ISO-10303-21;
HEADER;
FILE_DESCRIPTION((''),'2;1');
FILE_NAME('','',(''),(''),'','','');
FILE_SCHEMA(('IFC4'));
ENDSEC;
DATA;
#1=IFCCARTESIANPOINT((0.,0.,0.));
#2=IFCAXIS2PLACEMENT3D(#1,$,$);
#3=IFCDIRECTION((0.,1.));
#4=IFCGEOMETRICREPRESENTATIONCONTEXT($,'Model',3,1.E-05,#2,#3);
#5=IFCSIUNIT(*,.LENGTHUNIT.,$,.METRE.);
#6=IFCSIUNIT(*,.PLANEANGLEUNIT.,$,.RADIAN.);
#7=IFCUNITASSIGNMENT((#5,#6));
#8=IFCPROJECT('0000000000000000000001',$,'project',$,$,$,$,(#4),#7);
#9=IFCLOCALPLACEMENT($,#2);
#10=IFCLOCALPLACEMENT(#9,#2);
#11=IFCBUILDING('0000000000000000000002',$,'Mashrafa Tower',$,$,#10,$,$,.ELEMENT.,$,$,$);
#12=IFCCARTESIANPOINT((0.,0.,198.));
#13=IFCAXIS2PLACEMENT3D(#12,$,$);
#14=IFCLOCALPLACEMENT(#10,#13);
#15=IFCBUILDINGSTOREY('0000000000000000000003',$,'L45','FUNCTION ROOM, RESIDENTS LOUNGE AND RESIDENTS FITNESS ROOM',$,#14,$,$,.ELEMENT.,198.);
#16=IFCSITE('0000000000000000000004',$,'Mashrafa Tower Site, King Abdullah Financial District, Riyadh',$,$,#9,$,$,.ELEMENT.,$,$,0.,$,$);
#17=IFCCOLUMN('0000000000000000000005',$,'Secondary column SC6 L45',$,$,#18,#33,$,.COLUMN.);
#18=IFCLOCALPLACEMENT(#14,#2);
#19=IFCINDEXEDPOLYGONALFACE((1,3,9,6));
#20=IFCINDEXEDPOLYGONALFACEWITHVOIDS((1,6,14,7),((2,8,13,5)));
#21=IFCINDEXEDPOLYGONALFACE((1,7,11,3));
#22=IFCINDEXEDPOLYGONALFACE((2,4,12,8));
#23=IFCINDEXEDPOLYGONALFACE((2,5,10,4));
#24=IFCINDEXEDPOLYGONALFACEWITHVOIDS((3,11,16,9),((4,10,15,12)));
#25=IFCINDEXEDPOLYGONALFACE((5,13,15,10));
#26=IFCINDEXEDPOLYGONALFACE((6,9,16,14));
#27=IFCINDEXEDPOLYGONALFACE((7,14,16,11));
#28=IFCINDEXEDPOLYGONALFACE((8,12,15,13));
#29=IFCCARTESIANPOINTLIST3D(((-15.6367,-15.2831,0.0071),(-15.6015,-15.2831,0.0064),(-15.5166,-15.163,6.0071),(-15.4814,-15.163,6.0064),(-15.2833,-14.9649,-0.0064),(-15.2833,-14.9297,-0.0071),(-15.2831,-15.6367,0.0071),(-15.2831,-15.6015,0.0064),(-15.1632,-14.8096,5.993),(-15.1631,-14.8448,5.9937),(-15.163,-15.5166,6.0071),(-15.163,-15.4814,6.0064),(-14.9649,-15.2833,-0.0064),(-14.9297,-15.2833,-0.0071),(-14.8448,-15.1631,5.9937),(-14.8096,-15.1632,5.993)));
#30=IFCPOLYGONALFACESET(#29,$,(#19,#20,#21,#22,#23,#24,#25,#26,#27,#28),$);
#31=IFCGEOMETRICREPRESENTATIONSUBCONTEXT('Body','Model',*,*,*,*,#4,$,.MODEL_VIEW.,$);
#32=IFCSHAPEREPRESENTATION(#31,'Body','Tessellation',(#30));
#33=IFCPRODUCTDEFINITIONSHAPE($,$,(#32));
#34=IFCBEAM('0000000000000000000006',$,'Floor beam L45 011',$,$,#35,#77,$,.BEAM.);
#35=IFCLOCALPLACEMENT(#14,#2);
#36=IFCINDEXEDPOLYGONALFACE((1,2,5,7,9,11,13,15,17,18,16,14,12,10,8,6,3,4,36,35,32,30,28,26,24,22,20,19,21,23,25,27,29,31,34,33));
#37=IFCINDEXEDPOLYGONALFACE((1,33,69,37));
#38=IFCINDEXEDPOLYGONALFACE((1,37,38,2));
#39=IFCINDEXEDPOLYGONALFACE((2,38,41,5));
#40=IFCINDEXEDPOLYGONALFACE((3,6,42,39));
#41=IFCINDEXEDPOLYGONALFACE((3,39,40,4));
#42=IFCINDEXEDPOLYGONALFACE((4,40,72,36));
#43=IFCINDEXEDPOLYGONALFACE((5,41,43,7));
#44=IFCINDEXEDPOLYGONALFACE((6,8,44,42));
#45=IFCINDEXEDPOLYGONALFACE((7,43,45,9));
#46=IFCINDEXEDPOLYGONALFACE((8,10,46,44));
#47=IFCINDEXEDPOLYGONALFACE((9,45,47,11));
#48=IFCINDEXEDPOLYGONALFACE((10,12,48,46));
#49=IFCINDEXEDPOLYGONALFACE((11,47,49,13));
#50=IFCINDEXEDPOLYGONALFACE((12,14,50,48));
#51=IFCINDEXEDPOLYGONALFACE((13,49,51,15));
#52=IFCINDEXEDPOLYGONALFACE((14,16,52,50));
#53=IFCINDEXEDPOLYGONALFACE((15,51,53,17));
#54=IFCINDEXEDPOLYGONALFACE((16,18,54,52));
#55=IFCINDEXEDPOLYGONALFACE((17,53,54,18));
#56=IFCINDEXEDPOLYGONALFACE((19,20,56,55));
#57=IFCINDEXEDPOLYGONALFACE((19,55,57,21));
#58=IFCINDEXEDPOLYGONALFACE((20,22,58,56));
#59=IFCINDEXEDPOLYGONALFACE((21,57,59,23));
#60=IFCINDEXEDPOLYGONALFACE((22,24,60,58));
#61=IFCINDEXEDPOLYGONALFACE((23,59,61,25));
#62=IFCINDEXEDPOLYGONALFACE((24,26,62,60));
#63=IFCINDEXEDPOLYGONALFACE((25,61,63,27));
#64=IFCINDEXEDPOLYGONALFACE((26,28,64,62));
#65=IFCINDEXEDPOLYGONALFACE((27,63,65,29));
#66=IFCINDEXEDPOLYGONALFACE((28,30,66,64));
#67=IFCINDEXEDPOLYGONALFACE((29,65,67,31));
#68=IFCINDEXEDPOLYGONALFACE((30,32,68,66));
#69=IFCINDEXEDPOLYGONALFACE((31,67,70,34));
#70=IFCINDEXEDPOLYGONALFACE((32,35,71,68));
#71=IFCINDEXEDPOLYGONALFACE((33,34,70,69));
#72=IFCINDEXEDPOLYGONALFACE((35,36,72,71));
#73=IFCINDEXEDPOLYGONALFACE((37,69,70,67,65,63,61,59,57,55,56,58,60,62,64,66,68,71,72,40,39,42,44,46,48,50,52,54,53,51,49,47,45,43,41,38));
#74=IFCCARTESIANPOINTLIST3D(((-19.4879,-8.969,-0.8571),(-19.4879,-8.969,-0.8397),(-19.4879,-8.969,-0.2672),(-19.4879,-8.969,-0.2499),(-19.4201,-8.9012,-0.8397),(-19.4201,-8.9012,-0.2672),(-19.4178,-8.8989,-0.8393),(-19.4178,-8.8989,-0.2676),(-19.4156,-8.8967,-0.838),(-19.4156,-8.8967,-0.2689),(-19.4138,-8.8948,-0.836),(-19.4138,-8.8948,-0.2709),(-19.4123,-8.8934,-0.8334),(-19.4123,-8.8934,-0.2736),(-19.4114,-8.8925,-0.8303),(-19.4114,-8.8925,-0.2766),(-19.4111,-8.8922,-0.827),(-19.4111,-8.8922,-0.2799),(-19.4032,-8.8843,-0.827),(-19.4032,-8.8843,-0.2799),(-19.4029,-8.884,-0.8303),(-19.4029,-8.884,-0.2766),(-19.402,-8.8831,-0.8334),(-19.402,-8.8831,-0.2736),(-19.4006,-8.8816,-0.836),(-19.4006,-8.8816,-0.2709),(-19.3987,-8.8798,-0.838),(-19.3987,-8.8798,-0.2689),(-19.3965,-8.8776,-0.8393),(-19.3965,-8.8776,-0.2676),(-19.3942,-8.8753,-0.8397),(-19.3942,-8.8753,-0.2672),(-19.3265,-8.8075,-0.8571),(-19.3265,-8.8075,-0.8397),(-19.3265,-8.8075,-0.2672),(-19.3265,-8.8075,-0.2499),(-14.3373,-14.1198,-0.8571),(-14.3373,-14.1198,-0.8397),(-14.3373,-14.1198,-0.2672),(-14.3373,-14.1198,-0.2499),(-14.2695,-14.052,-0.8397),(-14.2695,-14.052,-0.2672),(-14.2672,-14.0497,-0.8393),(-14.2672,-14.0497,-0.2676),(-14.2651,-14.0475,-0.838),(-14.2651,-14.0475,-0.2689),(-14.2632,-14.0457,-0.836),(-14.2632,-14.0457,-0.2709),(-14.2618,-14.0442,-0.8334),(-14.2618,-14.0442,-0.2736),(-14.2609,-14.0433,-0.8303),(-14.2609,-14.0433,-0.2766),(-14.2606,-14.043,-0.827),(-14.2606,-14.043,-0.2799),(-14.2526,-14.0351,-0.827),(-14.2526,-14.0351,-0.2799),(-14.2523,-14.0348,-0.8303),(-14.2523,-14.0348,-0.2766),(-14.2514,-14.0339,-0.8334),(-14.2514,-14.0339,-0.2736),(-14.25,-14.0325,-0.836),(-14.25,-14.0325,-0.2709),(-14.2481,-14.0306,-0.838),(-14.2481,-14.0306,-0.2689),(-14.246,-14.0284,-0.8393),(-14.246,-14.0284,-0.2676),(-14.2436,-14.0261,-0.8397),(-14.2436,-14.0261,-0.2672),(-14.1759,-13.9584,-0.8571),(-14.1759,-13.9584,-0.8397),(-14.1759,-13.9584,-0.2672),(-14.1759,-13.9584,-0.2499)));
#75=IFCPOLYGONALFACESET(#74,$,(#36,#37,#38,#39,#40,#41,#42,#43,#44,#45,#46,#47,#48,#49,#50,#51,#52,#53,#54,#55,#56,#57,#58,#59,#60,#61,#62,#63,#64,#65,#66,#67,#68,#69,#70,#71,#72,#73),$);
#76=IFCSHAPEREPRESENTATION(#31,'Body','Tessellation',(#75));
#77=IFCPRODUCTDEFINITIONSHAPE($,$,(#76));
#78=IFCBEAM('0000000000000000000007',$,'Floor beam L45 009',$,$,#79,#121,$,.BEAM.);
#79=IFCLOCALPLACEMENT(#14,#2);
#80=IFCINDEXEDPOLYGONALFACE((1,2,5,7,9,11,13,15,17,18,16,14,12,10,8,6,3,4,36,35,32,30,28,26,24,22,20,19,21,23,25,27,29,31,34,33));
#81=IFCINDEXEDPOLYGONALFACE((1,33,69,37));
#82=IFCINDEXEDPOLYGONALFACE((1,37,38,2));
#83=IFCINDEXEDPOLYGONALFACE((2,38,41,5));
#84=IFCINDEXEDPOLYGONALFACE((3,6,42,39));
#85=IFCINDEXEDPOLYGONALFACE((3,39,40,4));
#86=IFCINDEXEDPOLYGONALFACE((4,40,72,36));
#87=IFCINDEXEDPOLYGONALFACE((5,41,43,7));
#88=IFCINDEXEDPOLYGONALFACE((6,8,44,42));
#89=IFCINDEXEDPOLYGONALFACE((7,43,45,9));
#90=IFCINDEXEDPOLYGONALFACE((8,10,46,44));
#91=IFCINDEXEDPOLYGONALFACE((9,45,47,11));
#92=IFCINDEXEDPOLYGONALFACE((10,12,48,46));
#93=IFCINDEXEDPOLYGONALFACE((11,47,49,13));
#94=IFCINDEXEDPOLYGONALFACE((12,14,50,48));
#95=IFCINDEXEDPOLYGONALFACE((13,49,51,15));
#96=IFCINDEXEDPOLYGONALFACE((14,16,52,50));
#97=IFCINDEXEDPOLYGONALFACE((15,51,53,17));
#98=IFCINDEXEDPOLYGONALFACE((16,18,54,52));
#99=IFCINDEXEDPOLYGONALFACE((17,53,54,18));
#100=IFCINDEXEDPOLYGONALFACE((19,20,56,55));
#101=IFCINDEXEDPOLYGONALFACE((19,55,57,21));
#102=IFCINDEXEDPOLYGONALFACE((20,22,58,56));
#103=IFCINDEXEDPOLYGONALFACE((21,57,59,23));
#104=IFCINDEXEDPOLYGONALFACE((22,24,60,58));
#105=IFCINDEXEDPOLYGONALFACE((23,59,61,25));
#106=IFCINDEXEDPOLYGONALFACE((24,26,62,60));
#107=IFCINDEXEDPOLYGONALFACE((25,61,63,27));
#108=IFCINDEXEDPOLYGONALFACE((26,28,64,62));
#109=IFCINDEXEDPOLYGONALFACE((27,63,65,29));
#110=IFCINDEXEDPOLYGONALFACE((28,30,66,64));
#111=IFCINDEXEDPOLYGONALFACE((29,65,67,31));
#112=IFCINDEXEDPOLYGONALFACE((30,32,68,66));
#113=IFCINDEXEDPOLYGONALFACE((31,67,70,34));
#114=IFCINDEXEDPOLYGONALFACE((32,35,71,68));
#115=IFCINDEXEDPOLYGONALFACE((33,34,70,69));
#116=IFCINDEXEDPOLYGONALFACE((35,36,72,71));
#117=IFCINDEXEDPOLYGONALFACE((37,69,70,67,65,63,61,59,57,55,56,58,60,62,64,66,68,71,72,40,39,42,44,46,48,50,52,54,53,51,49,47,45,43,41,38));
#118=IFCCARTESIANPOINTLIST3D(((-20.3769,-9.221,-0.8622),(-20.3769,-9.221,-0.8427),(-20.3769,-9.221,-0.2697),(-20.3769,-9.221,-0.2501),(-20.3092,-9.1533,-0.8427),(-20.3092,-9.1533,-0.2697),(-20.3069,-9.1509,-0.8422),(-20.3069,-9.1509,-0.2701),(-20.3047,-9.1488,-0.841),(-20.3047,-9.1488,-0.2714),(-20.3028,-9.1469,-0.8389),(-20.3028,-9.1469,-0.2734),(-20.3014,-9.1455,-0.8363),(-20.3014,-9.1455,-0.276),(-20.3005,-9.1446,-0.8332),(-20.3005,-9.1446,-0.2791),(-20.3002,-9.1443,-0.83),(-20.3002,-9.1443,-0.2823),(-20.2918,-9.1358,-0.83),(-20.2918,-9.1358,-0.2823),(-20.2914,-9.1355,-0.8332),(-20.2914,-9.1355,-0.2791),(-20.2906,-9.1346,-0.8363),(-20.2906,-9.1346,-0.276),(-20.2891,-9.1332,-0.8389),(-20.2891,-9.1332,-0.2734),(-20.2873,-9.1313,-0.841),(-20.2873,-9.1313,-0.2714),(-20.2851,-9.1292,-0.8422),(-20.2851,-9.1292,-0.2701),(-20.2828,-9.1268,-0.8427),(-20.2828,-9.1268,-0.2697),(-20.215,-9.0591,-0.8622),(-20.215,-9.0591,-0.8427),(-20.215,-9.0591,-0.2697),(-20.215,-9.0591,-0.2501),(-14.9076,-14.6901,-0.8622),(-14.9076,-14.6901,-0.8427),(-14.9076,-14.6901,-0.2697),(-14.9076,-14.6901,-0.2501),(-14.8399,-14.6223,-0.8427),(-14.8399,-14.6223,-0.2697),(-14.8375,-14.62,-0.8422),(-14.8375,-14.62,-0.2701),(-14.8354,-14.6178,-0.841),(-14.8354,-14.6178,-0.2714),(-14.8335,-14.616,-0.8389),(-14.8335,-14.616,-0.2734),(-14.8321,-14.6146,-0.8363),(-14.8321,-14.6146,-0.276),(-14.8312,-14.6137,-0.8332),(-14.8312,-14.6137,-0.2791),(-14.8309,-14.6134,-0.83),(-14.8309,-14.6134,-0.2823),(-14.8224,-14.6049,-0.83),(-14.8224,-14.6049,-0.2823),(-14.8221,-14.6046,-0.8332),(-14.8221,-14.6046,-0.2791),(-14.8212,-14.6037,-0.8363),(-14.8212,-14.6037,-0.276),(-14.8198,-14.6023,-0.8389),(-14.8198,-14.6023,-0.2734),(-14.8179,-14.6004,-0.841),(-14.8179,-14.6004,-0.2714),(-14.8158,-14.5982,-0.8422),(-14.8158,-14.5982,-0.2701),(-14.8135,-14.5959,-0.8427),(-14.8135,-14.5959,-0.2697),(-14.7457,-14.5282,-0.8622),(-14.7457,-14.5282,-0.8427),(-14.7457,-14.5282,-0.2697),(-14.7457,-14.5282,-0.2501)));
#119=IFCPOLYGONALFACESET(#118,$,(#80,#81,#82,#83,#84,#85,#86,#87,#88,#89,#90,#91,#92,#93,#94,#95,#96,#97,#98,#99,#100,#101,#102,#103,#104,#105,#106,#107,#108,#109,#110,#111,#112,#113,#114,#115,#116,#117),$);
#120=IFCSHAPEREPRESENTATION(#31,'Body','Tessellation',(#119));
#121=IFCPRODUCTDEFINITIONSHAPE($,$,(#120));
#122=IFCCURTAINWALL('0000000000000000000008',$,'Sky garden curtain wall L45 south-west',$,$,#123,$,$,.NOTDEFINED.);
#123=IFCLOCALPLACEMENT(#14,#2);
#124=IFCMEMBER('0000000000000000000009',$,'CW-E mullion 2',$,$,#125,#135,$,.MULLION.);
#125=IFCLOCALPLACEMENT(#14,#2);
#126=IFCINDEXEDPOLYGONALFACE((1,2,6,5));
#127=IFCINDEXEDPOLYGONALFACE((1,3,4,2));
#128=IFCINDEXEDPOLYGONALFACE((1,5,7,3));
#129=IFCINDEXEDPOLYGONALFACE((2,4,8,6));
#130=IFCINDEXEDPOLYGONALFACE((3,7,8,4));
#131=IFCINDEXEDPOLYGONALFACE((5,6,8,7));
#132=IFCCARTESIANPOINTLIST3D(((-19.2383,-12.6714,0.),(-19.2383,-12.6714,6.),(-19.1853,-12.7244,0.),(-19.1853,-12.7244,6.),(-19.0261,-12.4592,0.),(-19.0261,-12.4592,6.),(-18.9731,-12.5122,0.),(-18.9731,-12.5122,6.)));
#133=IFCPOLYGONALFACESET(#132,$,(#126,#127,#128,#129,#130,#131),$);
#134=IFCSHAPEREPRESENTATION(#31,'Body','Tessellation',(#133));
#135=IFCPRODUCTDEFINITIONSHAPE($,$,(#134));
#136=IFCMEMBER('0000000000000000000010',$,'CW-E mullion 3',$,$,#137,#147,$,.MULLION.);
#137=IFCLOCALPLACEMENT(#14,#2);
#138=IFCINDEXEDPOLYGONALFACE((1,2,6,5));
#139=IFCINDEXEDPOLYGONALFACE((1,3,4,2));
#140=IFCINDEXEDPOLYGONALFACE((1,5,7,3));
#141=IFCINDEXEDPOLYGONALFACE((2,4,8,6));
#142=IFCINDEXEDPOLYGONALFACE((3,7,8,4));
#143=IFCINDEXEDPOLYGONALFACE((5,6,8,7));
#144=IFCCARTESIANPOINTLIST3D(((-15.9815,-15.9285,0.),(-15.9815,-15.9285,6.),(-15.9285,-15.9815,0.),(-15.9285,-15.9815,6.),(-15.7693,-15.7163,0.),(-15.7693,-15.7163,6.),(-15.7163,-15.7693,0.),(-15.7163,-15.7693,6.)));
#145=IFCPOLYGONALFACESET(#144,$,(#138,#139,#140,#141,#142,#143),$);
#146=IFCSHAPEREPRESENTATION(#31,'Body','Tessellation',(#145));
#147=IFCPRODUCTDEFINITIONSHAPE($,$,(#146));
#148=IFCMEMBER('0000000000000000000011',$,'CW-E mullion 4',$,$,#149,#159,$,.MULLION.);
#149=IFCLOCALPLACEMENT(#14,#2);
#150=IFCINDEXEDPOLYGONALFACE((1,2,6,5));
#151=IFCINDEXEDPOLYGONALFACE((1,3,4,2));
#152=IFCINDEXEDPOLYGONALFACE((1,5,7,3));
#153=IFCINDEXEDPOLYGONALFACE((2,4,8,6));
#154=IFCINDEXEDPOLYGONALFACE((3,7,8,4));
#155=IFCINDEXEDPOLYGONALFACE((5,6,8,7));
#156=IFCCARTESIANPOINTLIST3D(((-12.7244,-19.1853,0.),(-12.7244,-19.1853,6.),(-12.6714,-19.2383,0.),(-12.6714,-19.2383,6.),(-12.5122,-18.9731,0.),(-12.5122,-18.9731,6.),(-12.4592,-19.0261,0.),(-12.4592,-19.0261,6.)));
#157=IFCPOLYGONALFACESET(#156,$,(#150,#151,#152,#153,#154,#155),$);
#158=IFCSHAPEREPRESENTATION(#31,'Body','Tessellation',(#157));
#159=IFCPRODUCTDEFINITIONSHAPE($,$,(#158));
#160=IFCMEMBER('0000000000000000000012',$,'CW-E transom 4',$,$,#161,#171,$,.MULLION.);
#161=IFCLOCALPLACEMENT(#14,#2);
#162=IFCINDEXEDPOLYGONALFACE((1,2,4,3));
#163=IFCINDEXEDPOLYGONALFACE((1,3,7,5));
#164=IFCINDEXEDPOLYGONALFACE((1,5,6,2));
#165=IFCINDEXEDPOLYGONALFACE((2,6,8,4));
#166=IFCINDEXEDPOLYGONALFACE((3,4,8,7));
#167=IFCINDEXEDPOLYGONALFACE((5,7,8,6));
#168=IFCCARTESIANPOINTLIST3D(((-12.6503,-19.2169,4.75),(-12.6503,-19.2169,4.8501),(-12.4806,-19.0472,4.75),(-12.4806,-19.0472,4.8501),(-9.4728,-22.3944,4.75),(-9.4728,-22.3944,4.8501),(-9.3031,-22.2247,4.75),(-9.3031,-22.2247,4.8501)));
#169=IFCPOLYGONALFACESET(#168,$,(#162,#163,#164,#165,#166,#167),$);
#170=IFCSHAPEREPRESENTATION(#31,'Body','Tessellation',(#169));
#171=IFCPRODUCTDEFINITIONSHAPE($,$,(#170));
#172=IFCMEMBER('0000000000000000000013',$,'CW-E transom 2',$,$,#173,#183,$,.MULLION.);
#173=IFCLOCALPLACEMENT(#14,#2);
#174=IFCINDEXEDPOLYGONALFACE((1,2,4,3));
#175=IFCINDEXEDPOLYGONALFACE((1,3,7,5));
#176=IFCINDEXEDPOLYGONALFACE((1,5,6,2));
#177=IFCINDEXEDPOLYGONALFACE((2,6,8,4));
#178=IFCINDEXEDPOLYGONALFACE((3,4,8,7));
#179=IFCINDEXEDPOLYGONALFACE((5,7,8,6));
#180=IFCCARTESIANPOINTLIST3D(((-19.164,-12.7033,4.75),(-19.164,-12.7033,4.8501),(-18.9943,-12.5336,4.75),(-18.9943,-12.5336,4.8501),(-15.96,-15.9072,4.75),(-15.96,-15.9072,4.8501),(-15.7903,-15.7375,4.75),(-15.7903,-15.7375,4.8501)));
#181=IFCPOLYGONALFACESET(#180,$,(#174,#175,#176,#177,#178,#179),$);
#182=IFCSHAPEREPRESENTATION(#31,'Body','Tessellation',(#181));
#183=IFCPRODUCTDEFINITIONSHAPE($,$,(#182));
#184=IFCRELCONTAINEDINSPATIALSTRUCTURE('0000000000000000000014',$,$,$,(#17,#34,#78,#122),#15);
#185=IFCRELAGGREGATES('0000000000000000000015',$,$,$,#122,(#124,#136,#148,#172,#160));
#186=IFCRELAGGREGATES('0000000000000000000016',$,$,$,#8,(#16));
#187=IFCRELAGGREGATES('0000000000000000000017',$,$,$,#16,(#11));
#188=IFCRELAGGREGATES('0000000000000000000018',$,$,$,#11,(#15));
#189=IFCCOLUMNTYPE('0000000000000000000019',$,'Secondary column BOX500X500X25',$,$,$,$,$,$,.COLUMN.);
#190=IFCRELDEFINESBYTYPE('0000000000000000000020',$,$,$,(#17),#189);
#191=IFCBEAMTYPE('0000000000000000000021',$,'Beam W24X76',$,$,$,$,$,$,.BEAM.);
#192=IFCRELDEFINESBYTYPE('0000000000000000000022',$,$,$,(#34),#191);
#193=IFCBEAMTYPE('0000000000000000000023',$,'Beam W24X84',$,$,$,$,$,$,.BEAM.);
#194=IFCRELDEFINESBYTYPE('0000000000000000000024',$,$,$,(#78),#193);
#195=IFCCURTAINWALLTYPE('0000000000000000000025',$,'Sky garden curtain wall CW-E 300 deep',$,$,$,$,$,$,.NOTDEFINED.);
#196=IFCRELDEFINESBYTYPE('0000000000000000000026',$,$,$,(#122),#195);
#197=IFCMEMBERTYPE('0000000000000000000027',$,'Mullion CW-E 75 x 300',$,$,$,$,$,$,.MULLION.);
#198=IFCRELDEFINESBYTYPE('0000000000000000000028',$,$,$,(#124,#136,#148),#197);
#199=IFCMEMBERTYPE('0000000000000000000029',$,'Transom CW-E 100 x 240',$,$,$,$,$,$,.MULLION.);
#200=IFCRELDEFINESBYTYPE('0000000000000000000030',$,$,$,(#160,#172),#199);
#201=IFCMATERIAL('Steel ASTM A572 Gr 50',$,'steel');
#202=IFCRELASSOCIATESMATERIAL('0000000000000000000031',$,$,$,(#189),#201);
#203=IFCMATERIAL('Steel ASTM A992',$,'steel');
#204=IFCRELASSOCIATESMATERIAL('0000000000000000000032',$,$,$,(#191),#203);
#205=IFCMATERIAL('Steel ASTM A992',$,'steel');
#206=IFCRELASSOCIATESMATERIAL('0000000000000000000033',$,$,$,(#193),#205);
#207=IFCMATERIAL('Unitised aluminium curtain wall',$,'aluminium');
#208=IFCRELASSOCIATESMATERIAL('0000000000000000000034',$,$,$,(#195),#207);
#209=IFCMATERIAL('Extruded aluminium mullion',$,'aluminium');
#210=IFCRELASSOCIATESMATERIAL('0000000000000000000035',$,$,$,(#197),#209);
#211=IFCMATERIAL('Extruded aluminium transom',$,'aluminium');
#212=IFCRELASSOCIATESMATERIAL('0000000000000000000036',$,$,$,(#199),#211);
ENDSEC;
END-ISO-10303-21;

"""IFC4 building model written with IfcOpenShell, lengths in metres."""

from ifc_helpers import new_model, si_unit, direction, frame, origin, origin_2d, place, context, subcontext, project, spatial, rectangle, hollow_rectangle, i_section, extrude, source, transform, mapped, material, material_profile, profile_set, type_object, type_shapes, element, aggregate, save


model = new_model("IFC4")

# Units and contexts
model_context = context("Model", 3, precision=1e-05, world=origin(), true_north=direction((0.0, 1.0)))
body_context = subcontext(model_context, "Body", "Model", "MODEL_VIEW")
ifc_project = project(units=[si_unit("LENGTHUNIT", "METRE"), si_unit("PLANEANGLEUNIT", "RADIAN")], contexts=[model_context])

# Site, building, storey
site_placement = place(None, origin())
site = spatial("IfcSite", under=ifc_project, at=site_placement, Name="Mashrafa Tower Site, King Abdullah Financial District, Riyadh", CompositionType="ELEMENT", RefElevation=0.0)
building_placement = place(site_placement, origin())
building = spatial("IfcBuilding", under=site, at=building_placement, Name="Mashrafa Tower", CompositionType="ELEMENT")
storey_placement = place(building_placement, frame((0.0, 0.0, 198.0)))
storey = spatial("IfcBuildingStorey", under=building, at=storey_placement, Name="L45", Description="FUNCTION ROOM, RESIDENTS LOUNGE AND RESIDENTS FITNESS ROOM", CompositionType="ELEMENT", Elevation=198.0)

# Column
ifc_material_1 = material(Name="Steel ASTM A572 Gr 50", Category="steel")
ifc_material_profile_1 = material_profile(ifc_material_1, hollow_rectangle(XDim=0.5, YDim=0.5, WallThickness=0.0249, at=origin_2d()), Name="BOX500X500X25")
ifc_profile_set_1 = profile_set([ifc_material_profile_1], Name="Steel ASTM A572 Gr 50")
column_type = type_object("IfcColumnType", Name="Secondary column BOX500X500X25", PredefinedType="COLUMN", material=ifc_profile_set_1)
column_placement = place(storey_placement, frame((-15.2832, -15.2832, 0.0), z_axis=(0.020012, 0.020012, 0.999599), x_axis=(-0.707107, 0.707107, 0.0)))
element("IfcColumn", 1, at=column_placement, inside=storey, type_object=column_type, Name="Secondary column SC6 L45", PredefinedType="COLUMN", context=body_context, shape_type="SweptSolid", body=[
    extrude(hollow_rectangle(XDim=0.5, YDim=0.5, WallThickness=0.0249, at=origin_2d()), origin(), (0.0, 0.0, 1.0), 6.0024),
])

# Beams
ifc_material_2 = material(Name="Steel ASTM A992", Category="steel")
ifc_material_profile_2 = material_profile(ifc_material_2, i_section(OverallWidth=0.2283, OverallDepth=0.6072, WebThickness=0.0112, FlangeThickness=0.0173, FilletRadius=0.0127, at=origin_2d()), Name="W24X76")
ifc_profile_set_2 = profile_set([ifc_material_profile_2], Name="Steel ASTM A992")
beam_type_1 = type_object("IfcBeamType", Name="Beam W24X76", PredefinedType="BEAM", material=ifc_profile_set_2)
beam_1_placement = place(storey_placement, frame((-14.2566, -14.0391, -0.5535), z_axis=(-0.70709, 0.707124, 0.0), x_axis=(-0.707124, -0.70709, 0.0)))
element("IfcBeam", 2, at=beam_1_placement, inside=storey, type_object=beam_type_1, Name="Floor beam L45 011", PredefinedType="BEAM", context=body_context, shape_type="SweptSolid", body=[
    extrude(i_section(OverallWidth=0.2283, OverallDepth=0.6072, WebThickness=0.0112, FlangeThickness=0.0173, FilletRadius=0.0127, at=origin_2d()), origin(), (0.0, 0.0, 1.0), 7.2842),
])
ifc_material_3 = material(Name="Steel ASTM A992", Category="steel")
ifc_material_profile_3 = material_profile(ifc_material_3, i_section(OverallWidth=0.229, OverallDepth=0.6121, WebThickness=0.012, FlangeThickness=0.0195, FilletRadius=0.0127, at=origin_2d()), Name="W24X84")
ifc_profile_set_3 = profile_set([ifc_material_profile_3], Name="Steel ASTM A992")
beam_type_2 = type_object("IfcBeamType", Name="Beam W24X84", PredefinedType="BEAM", material=ifc_profile_set_3)
beam_2_placement = place(storey_placement, frame((-14.8267, -14.6091, -0.5562), z_axis=(-0.707123, 0.707091, 0.0), x_axis=(-0.707091, -0.707123, 0.0)))
element("IfcBeam", 3, at=beam_2_placement, inside=storey, type_object=beam_type_2, Name="Floor beam L45 009", PredefinedType="BEAM", context=body_context, shape_type="SweptSolid", body=[
    extrude(i_section(OverallWidth=0.229, OverallDepth=0.6121, WebThickness=0.012, FlangeThickness=0.0195, FilletRadius=0.0127, at=origin_2d()), origin(), (0.0, 0.0, 1.0), 7.7346),
])

# Curtain wall, members
ifc_material_4 = material(Name="Unitised aluminium curtain wall", Category="aluminium")
curtain_wall_type = type_object("IfcCurtainWallType", Name="Sky garden curtain wall CW-E 300 deep", PredefinedType="NOTDEFINED", material=ifc_material_4)
curtain_wall_placement = place(storey_placement, origin())
curtain_wall = element("IfcCurtainWall", 4, at=curtain_wall_placement, inside=storey, type_object=curtain_wall_type, Name="Sky garden curtain wall L45 south-west", PredefinedType="NOTDEFINED")
ifc_material_5 = material(Name="Extruded aluminium mullion", Category="aluminium")
ifc_material_profile_4 = material_profile(ifc_material_5, rectangle(XDim=0.3, YDim=0.075, at=origin_2d()), Name="Mullion 75x300")
ifc_profile_set_4 = profile_set([ifc_material_profile_4], Name="Extruded aluminium mullion")
member_type_1 = type_object("IfcMemberType", Name="Mullion CW-E 75 x 300", PredefinedType="MULLION", material=ifc_profile_set_4)
shared_shape_1 = source(origin(), body_context, "Body", "SweptSolid", [
    extrude(rectangle(XDim=0.3, YDim=0.075, at=origin_2d()), origin(), (0.0, 0.0, 1.0), 6.0),
])
type_shapes(member_type_1, [shared_shape_1])
member_1_placement = place(storey_placement, frame((-19.1057, -12.5918, 0.0), z_axis=(0.0, 0.0, 1.0), x_axis=(0.707107, 0.707107, 0.0)))
member_1 = element("IfcMember", 5, at=member_1_placement, type_object=member_type_1, Name="CW-E mullion 2", PredefinedType="MULLION", context=body_context, shape_type="MappedRepresentation", body=[
    mapped(shared_shape_1, transform((0.0, 0.0, 0.0))),
])
member_2_placement = place(storey_placement, frame((-15.8489, -15.8489, 0.0), z_axis=(0.0, 0.0, 1.0), x_axis=(0.707107, 0.707107, 0.0)))
member_2 = element("IfcMember", 6, at=member_2_placement, type_object=member_type_1, Name="CW-E mullion 3", PredefinedType="MULLION", context=body_context, shape_type="MappedRepresentation", body=[
    mapped(shared_shape_1, transform((0.0, 0.0, 0.0))),
])
member_3_placement = place(storey_placement, frame((-12.5918, -19.1057, 0.0), z_axis=(0.0, 0.0, 1.0), x_axis=(0.707107, 0.707107, 0.0)))
member_3 = element("IfcMember", 7, at=member_3_placement, type_object=member_type_1, Name="CW-E mullion 4", PredefinedType="MULLION", context=body_context, shape_type="MappedRepresentation", body=[
    mapped(shared_shape_1, transform((0.0, 0.0, 0.0))),
])
ifc_material_6 = material(Name="Extruded aluminium transom", Category="aluminium")
ifc_material_profile_5 = material_profile(ifc_material_6, rectangle(XDim=0.24, YDim=0.1001, at=origin_2d()), Name="Transom 100x240")
ifc_profile_set_5 = profile_set([ifc_material_profile_5], Name="Extruded aluminium transom")
member_type_2 = type_object("IfcMemberType", Name="Transom CW-E 100 x 240", PredefinedType="MULLION", material=ifc_profile_set_5)
shared_shape_2 = source(origin(), body_context, "Body", "SweptSolid", [
    extrude(rectangle(XDim=0.24, YDim=0.1001, at=origin_2d()), origin(), (0.0, 0.0, 1.0), 4.4937),
])
member_4_placement = place(storey_placement, frame((-12.5654, -19.1321, 4.8), z_axis=(0.707107, -0.707107, 0.0), x_axis=(0.707107, 0.707107, 0.0)))
member_4 = element("IfcMember", 8, at=member_4_placement, type_object=member_type_2, Name="CW-E transom 4", PredefinedType="MULLION", context=body_context, shape_type="MappedRepresentation", body=[
    mapped(shared_shape_2, transform((0.0, 0.0, 0.0))),
])
shared_shape_3 = source(origin(), body_context, "Body", "SweptSolid", [
    extrude(rectangle(XDim=0.24, YDim=0.1001, at=origin_2d()), origin(), (0.0, 0.0, 1.0), 4.531),
])
type_shapes(member_type_2, [shared_shape_2, shared_shape_3])
member_5_placement = place(storey_placement, frame((-19.0791, -12.6184, 4.8), z_axis=(0.707107, -0.707107, 0.0), x_axis=(0.707107, 0.707107, 0.0)))
member_5 = element("IfcMember", 9, at=member_5_placement, type_object=member_type_2, Name="CW-E transom 2", PredefinedType="MULLION", context=body_context, shape_type="MappedRepresentation", body=[
    mapped(shared_shape_3, transform((0.0, 0.0, 0.0))),
])
aggregate(curtain_wall, [member_1, member_2, member_3, member_5, member_4])

save(model, "model.ifc")
